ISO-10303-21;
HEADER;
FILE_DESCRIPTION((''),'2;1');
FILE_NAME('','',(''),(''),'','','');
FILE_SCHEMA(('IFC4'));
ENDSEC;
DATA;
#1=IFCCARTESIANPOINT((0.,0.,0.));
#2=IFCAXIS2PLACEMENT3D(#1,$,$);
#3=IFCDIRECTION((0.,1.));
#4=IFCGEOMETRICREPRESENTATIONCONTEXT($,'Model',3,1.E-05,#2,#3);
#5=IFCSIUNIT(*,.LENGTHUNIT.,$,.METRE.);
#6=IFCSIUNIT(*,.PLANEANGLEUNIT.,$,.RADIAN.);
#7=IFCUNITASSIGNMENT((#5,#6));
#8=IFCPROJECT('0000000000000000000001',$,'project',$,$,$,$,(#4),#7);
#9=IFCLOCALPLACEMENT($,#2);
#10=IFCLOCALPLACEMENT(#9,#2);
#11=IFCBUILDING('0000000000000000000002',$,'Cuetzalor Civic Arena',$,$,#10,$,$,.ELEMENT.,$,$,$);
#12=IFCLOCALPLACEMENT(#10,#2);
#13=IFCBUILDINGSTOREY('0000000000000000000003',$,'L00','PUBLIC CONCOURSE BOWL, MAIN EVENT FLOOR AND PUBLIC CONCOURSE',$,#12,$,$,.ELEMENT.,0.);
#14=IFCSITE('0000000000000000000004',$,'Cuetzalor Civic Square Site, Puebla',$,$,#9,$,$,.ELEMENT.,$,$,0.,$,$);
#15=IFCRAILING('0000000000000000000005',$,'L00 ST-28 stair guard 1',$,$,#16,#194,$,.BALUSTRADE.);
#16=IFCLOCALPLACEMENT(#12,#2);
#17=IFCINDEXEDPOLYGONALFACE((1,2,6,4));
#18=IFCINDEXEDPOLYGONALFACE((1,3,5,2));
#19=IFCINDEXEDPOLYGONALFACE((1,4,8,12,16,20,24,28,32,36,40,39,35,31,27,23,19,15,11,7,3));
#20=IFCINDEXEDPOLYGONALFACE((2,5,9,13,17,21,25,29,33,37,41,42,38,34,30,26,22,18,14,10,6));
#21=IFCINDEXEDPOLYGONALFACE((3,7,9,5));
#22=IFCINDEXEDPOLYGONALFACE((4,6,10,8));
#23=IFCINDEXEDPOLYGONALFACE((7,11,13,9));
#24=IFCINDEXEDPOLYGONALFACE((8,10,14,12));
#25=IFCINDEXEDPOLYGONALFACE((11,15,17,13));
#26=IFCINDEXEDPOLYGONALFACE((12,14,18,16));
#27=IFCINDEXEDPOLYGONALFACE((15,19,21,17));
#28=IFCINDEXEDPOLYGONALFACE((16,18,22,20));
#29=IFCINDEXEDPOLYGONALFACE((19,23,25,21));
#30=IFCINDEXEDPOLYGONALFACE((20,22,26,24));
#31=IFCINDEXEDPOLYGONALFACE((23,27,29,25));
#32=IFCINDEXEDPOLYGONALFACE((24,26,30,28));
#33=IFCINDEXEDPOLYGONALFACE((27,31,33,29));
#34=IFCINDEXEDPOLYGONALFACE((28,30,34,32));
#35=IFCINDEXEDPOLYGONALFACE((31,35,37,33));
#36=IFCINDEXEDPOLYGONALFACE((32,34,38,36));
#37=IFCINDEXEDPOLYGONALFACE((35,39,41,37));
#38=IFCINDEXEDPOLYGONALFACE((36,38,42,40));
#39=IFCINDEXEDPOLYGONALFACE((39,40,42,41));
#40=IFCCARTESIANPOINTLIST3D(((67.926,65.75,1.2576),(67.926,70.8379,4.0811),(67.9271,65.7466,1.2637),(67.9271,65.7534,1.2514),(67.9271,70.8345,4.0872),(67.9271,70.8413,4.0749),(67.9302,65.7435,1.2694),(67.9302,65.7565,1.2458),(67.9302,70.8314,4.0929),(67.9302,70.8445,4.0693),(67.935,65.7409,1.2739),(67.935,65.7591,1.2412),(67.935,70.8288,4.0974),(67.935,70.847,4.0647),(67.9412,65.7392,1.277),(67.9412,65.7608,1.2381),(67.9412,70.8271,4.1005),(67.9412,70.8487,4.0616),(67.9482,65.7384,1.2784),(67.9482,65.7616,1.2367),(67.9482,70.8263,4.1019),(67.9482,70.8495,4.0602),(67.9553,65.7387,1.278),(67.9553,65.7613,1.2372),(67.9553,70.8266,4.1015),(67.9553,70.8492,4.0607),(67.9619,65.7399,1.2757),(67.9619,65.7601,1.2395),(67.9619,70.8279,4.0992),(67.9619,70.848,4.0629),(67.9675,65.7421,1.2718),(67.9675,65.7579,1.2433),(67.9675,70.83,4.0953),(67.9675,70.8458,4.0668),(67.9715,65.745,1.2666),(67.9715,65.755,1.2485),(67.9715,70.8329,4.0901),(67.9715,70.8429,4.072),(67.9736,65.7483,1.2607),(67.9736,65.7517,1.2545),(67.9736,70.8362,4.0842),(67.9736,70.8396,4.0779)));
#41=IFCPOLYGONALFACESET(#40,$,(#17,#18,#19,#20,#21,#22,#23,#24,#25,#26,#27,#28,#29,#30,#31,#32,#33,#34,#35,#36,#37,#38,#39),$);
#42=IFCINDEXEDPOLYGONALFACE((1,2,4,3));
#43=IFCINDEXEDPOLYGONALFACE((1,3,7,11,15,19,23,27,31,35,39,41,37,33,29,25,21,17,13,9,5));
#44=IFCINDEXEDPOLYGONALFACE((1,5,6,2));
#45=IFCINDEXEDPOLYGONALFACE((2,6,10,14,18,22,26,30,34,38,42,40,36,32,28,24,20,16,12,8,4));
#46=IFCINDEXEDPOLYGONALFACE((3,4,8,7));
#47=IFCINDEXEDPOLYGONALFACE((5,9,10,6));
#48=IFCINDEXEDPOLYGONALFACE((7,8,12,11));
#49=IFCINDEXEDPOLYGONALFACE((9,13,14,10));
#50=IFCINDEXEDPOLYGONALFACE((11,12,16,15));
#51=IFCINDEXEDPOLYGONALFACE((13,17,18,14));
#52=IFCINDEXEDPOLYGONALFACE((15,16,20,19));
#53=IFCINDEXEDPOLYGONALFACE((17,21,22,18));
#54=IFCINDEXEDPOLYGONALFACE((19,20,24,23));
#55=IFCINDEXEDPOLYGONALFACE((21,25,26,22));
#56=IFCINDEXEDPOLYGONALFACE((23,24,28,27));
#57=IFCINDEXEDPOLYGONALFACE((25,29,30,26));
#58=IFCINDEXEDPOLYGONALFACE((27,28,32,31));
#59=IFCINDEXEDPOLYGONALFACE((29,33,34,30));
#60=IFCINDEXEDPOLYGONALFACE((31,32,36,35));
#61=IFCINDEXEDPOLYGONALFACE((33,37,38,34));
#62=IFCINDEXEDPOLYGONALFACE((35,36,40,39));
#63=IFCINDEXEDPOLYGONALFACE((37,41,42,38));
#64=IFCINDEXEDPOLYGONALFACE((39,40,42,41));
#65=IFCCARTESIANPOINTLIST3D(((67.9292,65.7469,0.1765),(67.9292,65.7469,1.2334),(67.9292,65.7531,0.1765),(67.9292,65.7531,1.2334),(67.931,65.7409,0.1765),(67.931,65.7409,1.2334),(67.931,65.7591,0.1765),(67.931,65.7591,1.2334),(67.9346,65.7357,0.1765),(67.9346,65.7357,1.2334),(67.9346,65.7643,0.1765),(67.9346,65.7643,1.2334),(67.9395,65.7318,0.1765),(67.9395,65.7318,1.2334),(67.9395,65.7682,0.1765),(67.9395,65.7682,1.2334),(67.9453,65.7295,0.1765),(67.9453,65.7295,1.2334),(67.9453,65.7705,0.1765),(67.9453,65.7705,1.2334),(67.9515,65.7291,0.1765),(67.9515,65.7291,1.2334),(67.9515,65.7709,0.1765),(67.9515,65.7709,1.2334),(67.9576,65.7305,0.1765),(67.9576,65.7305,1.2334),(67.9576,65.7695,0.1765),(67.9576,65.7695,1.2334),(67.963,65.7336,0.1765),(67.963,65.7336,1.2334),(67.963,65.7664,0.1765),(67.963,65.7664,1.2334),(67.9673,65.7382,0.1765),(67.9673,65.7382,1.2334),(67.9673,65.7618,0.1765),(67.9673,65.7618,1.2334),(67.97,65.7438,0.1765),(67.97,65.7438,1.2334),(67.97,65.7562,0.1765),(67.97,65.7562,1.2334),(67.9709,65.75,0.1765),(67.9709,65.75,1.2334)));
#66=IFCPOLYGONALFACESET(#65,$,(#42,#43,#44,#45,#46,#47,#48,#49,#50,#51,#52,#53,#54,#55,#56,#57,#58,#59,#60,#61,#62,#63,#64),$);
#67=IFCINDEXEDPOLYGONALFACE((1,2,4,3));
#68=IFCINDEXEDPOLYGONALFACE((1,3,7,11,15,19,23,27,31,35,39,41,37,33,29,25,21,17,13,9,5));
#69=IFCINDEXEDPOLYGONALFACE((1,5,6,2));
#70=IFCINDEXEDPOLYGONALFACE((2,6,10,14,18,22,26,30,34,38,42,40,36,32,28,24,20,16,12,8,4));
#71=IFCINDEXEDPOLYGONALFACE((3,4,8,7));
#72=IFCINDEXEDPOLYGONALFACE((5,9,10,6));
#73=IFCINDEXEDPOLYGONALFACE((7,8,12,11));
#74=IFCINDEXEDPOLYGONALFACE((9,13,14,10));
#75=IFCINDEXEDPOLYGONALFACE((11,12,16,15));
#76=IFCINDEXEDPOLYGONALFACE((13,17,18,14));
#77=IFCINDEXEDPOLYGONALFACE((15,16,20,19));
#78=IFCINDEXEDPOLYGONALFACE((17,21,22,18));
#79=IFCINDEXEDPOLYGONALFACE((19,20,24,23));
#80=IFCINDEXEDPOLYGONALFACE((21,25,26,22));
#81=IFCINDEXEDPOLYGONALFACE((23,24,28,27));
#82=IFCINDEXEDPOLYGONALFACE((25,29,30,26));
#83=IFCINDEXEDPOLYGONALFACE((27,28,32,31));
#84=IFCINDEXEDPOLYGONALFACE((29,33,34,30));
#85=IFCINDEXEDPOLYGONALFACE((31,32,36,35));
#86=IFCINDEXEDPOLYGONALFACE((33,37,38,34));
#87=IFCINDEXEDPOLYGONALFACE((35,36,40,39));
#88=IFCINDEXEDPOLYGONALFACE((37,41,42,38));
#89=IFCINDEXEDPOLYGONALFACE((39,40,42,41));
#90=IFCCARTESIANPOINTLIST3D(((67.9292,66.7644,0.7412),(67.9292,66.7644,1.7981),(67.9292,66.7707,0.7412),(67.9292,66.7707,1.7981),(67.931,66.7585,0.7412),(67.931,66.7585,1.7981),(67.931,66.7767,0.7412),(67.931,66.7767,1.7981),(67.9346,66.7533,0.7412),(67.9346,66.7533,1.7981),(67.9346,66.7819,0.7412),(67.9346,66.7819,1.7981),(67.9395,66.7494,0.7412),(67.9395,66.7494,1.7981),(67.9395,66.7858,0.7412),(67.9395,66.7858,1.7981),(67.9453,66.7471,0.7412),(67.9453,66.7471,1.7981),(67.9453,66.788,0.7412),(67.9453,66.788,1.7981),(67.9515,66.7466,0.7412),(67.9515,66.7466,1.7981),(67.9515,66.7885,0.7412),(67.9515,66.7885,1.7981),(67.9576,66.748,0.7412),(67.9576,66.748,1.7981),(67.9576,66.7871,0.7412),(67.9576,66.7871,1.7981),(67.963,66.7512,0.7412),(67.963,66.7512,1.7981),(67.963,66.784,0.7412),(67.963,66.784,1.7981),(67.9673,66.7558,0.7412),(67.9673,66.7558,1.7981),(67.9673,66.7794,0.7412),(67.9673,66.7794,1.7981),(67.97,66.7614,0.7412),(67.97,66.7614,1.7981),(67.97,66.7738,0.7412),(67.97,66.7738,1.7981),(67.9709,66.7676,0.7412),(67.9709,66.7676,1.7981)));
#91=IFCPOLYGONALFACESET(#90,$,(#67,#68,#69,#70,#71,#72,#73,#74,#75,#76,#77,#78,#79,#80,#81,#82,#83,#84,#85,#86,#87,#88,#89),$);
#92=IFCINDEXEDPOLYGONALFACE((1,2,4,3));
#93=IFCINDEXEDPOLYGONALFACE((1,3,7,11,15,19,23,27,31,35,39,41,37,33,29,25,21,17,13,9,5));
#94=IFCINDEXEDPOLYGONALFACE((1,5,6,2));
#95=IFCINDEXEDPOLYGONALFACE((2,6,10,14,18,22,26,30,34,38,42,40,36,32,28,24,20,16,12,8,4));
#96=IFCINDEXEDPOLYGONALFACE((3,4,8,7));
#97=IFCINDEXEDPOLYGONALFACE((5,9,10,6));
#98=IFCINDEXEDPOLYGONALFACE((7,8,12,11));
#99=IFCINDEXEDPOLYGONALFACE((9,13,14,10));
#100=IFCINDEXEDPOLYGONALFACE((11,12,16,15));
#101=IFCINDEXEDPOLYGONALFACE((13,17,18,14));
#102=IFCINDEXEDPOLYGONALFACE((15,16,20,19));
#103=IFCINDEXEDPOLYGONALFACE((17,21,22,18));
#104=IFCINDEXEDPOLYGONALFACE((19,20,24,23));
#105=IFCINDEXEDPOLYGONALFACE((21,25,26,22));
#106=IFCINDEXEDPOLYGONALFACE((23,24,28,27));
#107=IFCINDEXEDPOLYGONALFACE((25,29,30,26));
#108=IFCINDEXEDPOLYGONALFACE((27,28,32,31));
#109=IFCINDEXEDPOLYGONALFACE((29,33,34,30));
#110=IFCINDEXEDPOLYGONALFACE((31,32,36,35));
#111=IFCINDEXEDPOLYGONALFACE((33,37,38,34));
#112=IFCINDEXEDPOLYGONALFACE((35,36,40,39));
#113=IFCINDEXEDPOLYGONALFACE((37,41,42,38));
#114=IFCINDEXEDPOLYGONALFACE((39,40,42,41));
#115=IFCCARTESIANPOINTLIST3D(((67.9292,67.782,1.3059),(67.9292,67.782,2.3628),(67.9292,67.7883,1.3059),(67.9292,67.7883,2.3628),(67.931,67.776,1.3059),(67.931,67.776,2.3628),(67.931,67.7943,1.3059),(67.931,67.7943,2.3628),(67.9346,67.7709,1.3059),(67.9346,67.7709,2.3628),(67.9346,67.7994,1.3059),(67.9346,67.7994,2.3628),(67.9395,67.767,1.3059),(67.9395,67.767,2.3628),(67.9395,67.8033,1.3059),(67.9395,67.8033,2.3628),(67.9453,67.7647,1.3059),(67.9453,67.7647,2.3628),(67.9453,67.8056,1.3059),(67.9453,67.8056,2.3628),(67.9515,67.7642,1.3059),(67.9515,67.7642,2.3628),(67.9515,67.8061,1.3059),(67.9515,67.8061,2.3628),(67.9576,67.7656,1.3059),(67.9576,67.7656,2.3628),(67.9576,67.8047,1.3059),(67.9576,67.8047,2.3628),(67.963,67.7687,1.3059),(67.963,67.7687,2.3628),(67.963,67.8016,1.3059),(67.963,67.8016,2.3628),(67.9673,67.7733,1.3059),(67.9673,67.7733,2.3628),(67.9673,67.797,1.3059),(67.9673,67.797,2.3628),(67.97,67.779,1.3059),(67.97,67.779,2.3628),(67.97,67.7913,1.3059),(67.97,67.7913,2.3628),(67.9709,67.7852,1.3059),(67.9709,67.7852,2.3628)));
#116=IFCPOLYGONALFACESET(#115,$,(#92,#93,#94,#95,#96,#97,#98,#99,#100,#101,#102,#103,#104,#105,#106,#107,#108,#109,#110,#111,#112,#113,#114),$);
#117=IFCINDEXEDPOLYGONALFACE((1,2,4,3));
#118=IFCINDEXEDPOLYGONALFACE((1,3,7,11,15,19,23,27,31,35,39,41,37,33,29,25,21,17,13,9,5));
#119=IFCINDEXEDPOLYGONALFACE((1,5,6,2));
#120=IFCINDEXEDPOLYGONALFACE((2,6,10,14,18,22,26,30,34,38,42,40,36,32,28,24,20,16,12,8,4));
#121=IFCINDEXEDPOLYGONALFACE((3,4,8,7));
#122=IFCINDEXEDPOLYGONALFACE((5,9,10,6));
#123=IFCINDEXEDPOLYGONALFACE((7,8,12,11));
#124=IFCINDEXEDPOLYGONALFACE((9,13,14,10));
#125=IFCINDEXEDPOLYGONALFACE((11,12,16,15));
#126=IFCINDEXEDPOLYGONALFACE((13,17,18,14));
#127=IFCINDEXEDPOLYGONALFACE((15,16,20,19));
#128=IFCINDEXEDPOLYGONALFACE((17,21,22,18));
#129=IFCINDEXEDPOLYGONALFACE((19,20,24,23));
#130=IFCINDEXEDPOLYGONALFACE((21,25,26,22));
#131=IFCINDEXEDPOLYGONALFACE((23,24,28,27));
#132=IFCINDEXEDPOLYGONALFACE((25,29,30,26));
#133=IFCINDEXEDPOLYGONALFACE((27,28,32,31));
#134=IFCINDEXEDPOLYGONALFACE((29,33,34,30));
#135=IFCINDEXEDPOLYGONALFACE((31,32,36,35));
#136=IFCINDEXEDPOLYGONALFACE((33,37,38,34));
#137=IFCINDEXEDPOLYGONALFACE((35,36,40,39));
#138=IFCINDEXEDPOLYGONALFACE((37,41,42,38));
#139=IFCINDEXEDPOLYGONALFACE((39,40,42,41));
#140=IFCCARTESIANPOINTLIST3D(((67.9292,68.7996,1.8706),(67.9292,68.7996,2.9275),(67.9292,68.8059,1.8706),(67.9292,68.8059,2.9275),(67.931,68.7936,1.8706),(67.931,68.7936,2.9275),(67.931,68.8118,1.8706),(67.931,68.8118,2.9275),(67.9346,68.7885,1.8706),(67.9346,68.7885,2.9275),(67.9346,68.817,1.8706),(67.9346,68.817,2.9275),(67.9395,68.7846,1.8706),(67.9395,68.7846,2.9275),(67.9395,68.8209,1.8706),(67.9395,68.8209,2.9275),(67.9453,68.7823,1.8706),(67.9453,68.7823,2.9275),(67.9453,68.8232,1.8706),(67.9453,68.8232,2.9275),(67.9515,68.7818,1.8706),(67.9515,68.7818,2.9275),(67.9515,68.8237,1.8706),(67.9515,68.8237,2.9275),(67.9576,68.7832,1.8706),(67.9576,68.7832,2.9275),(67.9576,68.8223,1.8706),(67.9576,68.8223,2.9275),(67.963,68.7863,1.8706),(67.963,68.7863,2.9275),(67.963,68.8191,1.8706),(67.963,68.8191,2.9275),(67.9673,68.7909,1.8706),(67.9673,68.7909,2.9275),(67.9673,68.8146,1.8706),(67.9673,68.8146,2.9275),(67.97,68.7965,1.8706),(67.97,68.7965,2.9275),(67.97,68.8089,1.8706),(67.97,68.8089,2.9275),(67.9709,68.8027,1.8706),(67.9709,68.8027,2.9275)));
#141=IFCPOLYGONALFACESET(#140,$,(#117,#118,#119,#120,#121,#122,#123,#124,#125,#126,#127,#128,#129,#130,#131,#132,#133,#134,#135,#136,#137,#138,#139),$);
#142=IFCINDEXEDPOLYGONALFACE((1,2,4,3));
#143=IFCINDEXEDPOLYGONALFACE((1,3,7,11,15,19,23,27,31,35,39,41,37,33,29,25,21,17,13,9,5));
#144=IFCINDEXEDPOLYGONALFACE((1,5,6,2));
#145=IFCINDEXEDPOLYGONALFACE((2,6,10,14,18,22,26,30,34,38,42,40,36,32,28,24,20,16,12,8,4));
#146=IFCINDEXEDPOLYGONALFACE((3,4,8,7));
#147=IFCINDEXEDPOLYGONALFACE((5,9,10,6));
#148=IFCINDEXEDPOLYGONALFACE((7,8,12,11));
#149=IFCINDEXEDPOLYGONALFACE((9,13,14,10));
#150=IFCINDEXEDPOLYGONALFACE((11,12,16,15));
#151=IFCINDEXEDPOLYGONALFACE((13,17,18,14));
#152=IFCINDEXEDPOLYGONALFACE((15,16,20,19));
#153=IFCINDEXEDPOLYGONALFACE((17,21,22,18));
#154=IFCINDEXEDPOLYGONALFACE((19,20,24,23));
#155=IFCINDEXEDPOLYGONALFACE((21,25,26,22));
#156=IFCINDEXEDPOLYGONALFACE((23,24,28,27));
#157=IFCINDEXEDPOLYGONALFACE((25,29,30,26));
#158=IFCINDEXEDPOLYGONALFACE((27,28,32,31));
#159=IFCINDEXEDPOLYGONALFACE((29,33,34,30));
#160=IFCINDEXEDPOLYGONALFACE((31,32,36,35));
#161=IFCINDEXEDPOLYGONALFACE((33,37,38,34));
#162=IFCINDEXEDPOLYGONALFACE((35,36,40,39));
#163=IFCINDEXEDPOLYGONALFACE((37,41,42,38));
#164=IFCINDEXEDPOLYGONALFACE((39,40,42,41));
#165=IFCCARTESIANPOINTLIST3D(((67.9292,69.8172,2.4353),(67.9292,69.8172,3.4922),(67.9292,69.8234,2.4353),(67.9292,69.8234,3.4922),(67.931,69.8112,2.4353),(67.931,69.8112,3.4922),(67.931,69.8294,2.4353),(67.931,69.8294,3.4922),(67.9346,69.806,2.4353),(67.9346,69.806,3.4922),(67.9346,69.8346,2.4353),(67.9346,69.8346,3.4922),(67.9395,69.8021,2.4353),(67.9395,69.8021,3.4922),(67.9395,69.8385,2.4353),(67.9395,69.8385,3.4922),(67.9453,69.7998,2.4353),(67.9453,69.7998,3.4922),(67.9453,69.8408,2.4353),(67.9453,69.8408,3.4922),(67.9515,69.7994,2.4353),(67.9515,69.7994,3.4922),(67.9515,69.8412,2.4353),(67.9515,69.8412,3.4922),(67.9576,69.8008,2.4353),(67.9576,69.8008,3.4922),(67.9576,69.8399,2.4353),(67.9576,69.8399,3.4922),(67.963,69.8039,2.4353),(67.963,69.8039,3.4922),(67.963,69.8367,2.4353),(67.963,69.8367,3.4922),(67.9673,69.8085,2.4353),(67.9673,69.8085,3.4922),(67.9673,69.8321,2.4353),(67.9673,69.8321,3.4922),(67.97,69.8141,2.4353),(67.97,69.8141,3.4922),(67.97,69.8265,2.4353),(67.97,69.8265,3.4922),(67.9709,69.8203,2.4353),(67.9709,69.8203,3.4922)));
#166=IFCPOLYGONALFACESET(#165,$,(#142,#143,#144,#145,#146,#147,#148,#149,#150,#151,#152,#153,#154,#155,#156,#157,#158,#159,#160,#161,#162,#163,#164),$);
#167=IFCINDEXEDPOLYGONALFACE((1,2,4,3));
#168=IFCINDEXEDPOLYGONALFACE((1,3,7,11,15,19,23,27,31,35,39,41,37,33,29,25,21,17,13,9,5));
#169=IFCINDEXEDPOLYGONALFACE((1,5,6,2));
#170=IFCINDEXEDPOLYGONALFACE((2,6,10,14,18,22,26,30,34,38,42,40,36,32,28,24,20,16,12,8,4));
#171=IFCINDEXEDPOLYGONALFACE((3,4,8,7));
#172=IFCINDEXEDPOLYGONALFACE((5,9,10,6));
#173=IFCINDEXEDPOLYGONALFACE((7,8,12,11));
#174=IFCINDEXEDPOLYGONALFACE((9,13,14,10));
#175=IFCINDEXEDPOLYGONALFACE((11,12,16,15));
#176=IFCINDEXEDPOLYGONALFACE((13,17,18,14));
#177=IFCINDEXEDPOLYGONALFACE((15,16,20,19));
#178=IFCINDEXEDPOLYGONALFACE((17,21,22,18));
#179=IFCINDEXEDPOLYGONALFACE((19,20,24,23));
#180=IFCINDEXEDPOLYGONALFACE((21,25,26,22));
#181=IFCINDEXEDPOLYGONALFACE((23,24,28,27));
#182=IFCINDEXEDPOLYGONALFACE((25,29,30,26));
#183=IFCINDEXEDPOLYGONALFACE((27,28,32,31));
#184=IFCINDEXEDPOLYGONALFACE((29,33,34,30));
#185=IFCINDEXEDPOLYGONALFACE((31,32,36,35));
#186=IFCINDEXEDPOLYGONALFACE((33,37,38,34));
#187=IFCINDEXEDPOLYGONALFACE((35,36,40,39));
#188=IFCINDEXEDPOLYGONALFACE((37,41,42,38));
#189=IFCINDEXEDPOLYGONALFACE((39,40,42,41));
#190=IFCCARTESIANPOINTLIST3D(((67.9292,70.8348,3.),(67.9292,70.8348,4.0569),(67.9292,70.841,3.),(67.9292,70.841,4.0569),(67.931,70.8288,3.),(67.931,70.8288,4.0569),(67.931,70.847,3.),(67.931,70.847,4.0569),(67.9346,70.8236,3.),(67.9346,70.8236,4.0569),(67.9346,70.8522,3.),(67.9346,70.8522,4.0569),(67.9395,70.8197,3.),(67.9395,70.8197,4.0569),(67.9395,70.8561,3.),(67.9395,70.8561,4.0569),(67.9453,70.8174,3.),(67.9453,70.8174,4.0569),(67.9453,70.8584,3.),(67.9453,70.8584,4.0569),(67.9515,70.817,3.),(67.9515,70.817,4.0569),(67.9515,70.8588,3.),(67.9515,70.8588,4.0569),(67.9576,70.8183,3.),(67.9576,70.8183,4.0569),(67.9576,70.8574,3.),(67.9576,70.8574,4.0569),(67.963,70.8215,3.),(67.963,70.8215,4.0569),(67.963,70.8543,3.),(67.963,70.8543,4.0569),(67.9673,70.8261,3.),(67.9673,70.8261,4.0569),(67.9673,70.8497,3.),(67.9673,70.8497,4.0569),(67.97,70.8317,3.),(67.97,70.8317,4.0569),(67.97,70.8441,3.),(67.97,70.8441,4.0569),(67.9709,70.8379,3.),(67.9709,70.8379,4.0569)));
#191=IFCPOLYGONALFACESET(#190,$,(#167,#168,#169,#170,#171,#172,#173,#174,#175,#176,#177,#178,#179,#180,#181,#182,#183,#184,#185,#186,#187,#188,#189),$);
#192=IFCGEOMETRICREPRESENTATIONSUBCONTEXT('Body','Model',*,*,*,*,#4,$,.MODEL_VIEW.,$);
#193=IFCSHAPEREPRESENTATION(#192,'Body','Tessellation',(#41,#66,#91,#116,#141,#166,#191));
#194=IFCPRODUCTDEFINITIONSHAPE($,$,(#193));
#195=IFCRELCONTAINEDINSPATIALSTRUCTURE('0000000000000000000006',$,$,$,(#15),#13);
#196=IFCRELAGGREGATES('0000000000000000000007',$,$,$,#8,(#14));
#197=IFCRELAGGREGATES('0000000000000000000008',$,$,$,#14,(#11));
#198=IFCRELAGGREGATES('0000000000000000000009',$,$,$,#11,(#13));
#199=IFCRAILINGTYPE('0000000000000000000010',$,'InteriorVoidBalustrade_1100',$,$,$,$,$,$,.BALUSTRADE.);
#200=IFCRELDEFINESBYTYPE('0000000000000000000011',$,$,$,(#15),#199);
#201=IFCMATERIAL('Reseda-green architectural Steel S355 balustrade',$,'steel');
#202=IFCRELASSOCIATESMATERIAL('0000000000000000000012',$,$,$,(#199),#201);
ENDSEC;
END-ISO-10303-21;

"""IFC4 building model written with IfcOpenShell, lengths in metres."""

from ifc_helpers import new_model, si_unit, direction, frame, origin, origin_2d, place, context, subcontext, project, spatial, circle, extrude, material, type_object, element, save


model = new_model("IFC4")

# Units and contexts
model_context = context("Model", 3, precision=1e-05, world=origin(), true_north=direction((0.0, 1.0)))
body_context = subcontext(model_context, "Body", "Model", "MODEL_VIEW")
ifc_project = project(units=[si_unit("LENGTHUNIT", "METRE"), si_unit("PLANEANGLEUNIT", "RADIAN")], contexts=[model_context])

# Site, building, storey
site_placement = place(None, origin())
site = spatial("IfcSite", under=ifc_project, at=site_placement, Name="Cuetzalor Civic Square Site, Puebla", CompositionType="ELEMENT", RefElevation=0.0)
building_placement = place(site_placement, origin())
building = spatial("IfcBuilding", under=site, at=building_placement, Name="Cuetzalor Civic Arena", CompositionType="ELEMENT")
storey_placement = place(building_placement, origin())
storey = spatial("IfcBuildingStorey", under=building, at=storey_placement, Name="L00", Description="PUBLIC CONCOURSE BOWL, MAIN EVENT FLOOR AND PUBLIC CONCOURSE", CompositionType="ELEMENT", Elevation=0.0)

# Railing
ifc_material_1 = material(Name="Reseda-green architectural Steel S355 balustrade", Category="steel")
railing_type_1 = type_object("IfcRailingType", Name="InteriorVoidBalustrade_1100", PredefinedType="BALUSTRADE", material=ifc_material_1)
railing_1_placement = place(storey_placement, frame((67.95, 65.75, 0.1765)))
element("IfcRailing", 1, at=railing_1_placement, inside=storey, type_object=railing_type_1, Name="L00 ST-28 stair guard 1", PredefinedType="BALUSTRADE", context=body_context, shape_type="SweptSolid", body=[
    extrude(circle(Radius=0.0239, at=origin_2d()), frame((0.0, 0.0, 1.0811), z_axis=(0.0, 0.874385, 0.485233), x_axis=(-1.0, 0.0, 0.0)), (0.0, 0.0, 1.0), 5.8188),
    extrude(circle(Radius=0.021, at=origin_2d()), origin(), (0.0, 0.0, 1.0), 1.0569),
    extrude(circle(Radius=0.021, at=origin_2d()), frame((0.0, 1.0176, 0.5647)), (0.0, 0.0, 1.0), 1.0569),
    extrude(circle(Radius=0.021, at=origin_2d()), frame((0.0, 2.0352, 1.1294)), (0.0, 0.0, 1.0), 1.0569),
    extrude(circle(Radius=0.021, at=origin_2d()), frame((0.0, 3.0527, 1.6941)), (0.0, 0.0, 1.0), 1.0569),
    extrude(circle(Radius=0.021, at=origin_2d()), frame((0.0, 4.0703, 2.2588)), (0.0, 0.0, 1.0), 1.0569),
    extrude(circle(Radius=0.021, at=origin_2d()), frame((0.0, 5.0879, 2.8235)), (0.0, 0.0, 1.0), 1.0569),
])

save(model, "model.ifc")
